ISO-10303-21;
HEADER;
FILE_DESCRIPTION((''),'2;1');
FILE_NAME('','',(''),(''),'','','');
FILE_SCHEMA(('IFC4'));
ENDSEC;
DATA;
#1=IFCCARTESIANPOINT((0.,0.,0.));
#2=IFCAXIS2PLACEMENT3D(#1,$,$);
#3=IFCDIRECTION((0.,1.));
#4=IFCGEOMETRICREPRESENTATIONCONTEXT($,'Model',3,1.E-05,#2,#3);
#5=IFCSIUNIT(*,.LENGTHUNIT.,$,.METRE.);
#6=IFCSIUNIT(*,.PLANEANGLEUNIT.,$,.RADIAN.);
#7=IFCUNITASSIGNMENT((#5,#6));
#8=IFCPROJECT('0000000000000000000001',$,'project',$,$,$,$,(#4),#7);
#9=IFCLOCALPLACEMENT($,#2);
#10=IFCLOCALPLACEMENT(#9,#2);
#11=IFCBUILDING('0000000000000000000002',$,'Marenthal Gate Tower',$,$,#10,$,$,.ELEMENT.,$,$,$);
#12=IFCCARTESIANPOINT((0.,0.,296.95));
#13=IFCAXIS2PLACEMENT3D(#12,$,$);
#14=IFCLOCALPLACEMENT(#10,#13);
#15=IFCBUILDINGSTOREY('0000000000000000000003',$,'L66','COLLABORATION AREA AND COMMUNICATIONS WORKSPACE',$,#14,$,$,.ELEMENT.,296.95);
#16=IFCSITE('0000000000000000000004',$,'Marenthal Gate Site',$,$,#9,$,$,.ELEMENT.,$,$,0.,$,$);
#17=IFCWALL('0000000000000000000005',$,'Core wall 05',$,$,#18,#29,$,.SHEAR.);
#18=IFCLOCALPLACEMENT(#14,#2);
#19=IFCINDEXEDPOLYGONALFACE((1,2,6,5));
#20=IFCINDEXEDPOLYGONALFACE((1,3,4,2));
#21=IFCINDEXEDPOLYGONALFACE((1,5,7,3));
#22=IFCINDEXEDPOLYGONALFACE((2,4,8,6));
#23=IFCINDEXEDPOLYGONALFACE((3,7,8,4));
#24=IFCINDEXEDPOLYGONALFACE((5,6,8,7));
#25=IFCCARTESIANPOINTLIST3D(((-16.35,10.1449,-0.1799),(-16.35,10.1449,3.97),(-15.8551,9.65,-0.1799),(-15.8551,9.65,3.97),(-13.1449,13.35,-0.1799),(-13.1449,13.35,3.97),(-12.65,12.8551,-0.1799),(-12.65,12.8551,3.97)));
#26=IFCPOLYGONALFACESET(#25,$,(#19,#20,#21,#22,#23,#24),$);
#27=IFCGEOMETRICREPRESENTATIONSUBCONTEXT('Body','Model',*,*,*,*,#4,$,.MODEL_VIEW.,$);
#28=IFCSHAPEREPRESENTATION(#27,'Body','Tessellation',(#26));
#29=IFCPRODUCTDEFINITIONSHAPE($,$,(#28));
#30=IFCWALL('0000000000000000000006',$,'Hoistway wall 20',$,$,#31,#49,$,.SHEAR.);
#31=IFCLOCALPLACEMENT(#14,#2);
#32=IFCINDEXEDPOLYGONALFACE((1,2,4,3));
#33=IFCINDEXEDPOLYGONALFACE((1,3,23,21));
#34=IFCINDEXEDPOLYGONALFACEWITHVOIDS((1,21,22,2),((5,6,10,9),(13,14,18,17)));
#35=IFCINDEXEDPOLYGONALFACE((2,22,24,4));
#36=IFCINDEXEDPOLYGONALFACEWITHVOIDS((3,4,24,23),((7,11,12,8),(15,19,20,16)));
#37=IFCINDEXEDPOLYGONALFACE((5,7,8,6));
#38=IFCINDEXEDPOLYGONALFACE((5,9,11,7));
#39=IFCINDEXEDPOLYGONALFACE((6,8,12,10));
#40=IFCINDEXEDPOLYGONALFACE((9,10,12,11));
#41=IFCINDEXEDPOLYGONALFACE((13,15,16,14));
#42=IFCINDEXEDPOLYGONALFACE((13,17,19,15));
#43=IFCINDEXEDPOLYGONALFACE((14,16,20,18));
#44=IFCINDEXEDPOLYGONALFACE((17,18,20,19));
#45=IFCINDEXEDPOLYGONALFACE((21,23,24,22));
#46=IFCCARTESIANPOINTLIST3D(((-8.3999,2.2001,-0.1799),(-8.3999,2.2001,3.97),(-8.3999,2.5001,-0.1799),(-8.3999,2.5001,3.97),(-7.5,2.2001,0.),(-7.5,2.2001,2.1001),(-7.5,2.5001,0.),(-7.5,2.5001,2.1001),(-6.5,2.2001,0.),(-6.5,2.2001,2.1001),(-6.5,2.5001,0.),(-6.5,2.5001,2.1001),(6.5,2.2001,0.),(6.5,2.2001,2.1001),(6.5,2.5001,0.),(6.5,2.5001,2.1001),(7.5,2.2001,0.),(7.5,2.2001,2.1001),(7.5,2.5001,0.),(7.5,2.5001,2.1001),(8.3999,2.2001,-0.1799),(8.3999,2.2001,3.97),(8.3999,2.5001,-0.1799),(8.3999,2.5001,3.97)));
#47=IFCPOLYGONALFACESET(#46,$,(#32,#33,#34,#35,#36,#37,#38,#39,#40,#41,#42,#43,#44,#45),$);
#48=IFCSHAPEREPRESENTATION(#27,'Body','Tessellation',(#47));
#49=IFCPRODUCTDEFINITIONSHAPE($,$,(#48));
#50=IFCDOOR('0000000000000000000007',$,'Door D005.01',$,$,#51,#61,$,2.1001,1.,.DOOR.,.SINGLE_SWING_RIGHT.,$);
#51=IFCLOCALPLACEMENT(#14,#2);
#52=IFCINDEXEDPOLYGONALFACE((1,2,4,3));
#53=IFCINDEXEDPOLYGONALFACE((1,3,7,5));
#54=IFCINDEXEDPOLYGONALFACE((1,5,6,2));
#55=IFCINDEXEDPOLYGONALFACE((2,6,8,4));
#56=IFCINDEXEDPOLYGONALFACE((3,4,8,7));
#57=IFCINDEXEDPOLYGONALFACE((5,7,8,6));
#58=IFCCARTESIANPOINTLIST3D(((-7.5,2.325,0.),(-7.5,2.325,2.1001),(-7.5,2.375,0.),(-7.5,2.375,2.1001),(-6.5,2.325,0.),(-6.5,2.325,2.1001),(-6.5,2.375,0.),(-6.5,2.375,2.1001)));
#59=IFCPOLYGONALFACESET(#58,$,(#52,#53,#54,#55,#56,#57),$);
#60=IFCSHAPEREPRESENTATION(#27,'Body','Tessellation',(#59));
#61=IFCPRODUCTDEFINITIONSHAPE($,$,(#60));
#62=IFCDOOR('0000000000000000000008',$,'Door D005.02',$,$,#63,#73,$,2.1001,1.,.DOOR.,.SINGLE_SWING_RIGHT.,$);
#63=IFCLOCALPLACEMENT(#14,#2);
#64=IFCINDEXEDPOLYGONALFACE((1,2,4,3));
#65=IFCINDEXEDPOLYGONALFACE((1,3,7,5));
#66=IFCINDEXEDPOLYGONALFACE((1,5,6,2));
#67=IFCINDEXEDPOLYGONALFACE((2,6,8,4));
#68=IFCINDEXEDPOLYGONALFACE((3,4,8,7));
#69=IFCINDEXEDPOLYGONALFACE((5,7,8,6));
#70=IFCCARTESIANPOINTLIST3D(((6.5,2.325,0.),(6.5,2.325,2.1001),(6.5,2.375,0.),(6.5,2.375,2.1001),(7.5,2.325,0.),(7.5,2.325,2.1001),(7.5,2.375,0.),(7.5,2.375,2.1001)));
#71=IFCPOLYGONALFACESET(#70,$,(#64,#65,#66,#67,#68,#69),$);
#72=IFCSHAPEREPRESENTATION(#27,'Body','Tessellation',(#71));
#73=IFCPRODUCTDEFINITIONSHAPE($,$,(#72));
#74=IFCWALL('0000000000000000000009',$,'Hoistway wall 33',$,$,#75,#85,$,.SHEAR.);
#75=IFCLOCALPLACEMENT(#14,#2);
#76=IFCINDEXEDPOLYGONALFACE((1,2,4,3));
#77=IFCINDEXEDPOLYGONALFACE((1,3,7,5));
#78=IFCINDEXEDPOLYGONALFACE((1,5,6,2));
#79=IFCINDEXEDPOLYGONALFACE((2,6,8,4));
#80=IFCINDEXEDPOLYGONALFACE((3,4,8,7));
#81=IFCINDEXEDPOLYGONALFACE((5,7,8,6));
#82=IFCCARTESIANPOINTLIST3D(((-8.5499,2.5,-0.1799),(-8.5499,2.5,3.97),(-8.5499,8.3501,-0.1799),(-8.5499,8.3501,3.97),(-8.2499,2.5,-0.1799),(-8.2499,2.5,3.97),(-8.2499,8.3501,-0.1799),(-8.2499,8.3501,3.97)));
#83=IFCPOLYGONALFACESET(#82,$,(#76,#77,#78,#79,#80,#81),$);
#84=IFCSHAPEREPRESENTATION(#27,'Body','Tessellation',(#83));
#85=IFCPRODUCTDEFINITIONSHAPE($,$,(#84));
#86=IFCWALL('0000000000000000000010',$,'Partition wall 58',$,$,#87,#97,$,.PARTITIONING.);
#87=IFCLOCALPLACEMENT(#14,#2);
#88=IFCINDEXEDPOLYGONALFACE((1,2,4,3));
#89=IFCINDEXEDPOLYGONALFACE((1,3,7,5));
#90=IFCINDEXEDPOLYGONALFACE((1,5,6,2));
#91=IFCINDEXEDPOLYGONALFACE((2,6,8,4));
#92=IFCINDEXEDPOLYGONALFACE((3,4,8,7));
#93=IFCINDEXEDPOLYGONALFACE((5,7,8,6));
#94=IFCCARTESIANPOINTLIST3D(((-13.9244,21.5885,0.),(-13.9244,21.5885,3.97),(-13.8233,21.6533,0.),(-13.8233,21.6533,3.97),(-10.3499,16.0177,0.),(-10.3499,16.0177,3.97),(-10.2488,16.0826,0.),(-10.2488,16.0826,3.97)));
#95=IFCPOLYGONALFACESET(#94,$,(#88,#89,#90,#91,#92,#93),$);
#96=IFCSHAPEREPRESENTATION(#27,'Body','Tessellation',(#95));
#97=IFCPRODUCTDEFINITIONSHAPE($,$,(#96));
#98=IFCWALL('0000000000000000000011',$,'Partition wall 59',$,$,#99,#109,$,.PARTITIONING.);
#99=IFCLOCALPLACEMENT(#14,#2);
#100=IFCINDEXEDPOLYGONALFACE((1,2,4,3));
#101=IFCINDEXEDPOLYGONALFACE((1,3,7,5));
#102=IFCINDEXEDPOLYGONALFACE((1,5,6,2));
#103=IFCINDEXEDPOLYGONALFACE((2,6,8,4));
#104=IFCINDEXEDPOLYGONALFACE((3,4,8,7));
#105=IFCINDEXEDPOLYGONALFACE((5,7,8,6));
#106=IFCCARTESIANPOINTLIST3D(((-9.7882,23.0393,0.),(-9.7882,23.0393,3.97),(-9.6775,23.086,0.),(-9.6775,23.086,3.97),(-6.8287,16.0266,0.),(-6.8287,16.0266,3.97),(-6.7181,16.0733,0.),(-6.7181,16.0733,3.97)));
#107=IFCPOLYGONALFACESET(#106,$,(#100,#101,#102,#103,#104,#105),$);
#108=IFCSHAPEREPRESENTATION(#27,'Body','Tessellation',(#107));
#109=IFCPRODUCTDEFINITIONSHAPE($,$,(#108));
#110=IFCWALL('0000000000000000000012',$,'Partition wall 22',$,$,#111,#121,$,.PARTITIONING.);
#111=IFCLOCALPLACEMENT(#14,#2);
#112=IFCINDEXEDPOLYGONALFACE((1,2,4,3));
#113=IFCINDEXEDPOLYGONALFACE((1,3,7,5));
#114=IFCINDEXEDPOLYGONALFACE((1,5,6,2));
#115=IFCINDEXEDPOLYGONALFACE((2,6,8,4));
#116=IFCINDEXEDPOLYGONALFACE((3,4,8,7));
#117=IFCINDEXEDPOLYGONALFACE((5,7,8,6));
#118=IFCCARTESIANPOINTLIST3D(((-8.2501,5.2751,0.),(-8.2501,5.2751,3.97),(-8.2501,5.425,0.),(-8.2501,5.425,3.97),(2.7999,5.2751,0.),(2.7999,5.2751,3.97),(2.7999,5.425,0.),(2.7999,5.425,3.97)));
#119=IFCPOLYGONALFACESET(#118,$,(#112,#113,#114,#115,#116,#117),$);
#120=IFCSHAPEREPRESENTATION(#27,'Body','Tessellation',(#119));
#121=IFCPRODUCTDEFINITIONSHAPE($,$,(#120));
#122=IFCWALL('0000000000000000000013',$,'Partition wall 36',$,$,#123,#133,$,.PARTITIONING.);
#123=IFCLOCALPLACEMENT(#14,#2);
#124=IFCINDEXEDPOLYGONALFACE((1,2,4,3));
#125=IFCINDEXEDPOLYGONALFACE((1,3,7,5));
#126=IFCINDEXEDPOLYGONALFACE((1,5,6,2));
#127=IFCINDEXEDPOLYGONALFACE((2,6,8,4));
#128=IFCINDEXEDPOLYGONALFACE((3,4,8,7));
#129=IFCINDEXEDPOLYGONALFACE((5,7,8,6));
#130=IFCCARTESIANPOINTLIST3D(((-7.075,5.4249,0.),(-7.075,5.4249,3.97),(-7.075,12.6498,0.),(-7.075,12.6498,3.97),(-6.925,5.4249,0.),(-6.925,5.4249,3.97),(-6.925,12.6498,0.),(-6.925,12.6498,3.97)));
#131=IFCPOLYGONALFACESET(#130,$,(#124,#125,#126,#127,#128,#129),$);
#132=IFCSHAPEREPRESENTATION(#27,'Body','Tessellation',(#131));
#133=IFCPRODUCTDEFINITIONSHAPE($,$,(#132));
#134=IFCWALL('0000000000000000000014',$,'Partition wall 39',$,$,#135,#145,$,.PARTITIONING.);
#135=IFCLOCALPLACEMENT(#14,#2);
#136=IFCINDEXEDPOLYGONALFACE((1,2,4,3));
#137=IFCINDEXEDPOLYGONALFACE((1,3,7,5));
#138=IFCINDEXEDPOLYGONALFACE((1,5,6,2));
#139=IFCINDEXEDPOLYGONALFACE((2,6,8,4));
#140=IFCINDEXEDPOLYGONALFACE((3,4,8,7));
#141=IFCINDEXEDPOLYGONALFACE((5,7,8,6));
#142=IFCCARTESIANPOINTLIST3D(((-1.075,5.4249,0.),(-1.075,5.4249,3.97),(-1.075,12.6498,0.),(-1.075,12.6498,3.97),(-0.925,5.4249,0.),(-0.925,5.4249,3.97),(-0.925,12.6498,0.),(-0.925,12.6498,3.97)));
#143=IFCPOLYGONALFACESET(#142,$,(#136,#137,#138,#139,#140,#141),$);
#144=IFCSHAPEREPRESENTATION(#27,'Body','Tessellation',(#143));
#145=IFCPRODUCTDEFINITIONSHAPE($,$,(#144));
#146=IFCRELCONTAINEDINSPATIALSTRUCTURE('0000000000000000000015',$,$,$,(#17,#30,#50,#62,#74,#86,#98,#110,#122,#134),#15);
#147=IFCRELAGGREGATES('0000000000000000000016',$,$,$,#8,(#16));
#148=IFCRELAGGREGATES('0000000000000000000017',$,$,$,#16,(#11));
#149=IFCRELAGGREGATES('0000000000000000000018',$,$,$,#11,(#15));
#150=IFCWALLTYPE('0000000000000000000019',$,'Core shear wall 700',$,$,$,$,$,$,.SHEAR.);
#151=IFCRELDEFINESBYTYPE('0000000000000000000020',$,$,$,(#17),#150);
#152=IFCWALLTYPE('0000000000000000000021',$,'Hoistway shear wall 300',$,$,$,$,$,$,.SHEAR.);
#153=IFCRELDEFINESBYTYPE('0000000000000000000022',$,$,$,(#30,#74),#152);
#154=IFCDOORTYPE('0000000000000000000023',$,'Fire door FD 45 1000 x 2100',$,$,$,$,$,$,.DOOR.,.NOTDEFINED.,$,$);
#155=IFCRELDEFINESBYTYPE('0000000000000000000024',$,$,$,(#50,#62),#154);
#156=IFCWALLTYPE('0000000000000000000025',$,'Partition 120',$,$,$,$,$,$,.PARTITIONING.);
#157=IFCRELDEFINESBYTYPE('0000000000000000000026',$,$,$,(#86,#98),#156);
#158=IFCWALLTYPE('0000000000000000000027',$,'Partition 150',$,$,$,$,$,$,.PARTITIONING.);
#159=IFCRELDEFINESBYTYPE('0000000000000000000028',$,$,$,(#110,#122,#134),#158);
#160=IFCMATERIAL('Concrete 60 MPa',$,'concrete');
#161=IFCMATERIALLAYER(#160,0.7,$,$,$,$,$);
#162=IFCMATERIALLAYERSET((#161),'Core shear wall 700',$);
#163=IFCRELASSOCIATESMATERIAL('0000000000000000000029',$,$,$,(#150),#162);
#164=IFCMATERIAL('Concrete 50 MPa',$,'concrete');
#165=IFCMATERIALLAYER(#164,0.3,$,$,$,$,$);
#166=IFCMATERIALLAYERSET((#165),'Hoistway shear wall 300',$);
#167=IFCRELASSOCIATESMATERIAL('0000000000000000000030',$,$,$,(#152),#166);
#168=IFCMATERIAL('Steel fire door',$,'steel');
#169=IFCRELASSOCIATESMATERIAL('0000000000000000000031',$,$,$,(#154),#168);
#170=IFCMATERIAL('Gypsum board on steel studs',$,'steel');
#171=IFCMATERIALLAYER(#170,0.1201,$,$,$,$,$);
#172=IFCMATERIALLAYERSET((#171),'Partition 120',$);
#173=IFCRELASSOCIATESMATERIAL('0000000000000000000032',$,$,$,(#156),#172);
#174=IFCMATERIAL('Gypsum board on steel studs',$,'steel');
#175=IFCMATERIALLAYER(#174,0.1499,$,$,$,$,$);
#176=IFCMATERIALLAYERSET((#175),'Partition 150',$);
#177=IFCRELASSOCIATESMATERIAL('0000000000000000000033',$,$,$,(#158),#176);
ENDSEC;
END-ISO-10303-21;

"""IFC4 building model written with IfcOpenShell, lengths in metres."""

from ifc_helpers import new_model, si_unit, direction, frame, frame_2d, origin, place, context, subcontext, project, spatial, rectangle, extrude, material, layer, layer_set, type_object, element, fill, save


model = new_model("IFC4")

# Units and contexts
model_context = context("Model", 3, precision=1e-05, world=origin(), true_north=direction((0.0, 1.0)))
body_context = subcontext(model_context, "Body", "Model", "MODEL_VIEW")
ifc_project = project(units=[si_unit("LENGTHUNIT", "METRE"), si_unit("PLANEANGLEUNIT", "RADIAN")], contexts=[model_context])

# Site, building, storey
site_placement = place(None, origin())
site = spatial("IfcSite", under=ifc_project, at=site_placement, Name="Marenthal Gate Site", CompositionType="ELEMENT", RefElevation=0.0)
building_placement = place(site_placement, origin())
building = spatial("IfcBuilding", under=site, at=building_placement, Name="Marenthal Gate Tower", CompositionType="ELEMENT")
storey_placement = place(building_placement, frame((0.0, 0.0, 296.95)))
storey = spatial("IfcBuildingStorey", under=building, at=storey_placement, Name="L66", Description="COLLABORATION AREA AND COMMUNICATIONS WORKSPACE", CompositionType="ELEMENT", Elevation=296.95)

# Wall
ifc_material_1 = material(Name="Concrete 60 MPa", Category="concrete")
ifc_layer_1 = layer(ifc_material_1, 0.7)
ifc_layer_set_1 = layer_set([ifc_layer_1], Name="Core shear wall 700")
wall_type_1 = type_object("IfcWallType", Name="Core shear wall 700", PredefinedType="SHEAR", material=ifc_layer_set_1)
wall_1_placement = place(storey_placement, frame((-12.8975, 13.1025, -0.1799), z_axis=(0.0, 0.0, 1.0), x_axis=(-0.707107, -0.707107, 0.0)))
element("IfcWall", 1, at=wall_1_placement, inside=storey, type_object=wall_type_1, Name="Core wall 05", PredefinedType="SHEAR", context=body_context, shape_type="SweptSolid", body=[
    extrude(rectangle(XDim=4.5327, YDim=0.7, at=frame_2d((2.2664, 0.0))), origin(), (0.0, 0.0, 1.0), 4.1499),
])

# Wall, openings, doors
ifc_material_2 = material(Name="Concrete 50 MPa", Category="concrete")
ifc_layer_2 = layer(ifc_material_2, 0.3)
ifc_layer_set_2 = layer_set([ifc_layer_2], Name="Hoistway shear wall 300")
wall_type_2 = type_object("IfcWallType", Name="Hoistway shear wall 300", PredefinedType="SHEAR", material=ifc_layer_set_2)
wall_2_placement = place(storey_placement, frame((-8.3999, 2.3501, -0.1799), z_axis=(0.0, 0.0, 1.0), x_axis=(1.0, 0.0, 0.0)))
wall_2 = element("IfcWall", 2, at=wall_2_placement, inside=storey, type_object=wall_type_2, Name="Hoistway wall 20", PredefinedType="SHEAR", context=body_context, shape_type="SweptSolid", body=[
    extrude(rectangle(XDim=16.7998, YDim=0.3, at=frame_2d((8.3999, 0.0))), origin(), (0.0, 0.0, 1.0), 4.1499),
])
opening_1_placement = place(wall_2_placement, frame((0.8999, 0.0, 0.1799)))
opening_1 = element("IfcOpeningElement", 3, at=opening_1_placement, cuts=wall_2, PredefinedType="OPENING", context=body_context, shape_type="SweptSolid", body=[
    extrude(rectangle(XDim=1.0, YDim=2.1001, at=frame_2d((0.5, 1.05))), frame((0.0, 0.1602, 0.0), z_axis=(0.0, -1.0, 0.0), x_axis=(1.0, 0.0, 0.0)), (0.0, 0.0, 1.0), 0.3201),
])
opening_2_placement = place(wall_2_placement, frame((14.8999, 0.0, 0.1799)))
opening_2 = element("IfcOpeningElement", 4, at=opening_2_placement, cuts=wall_2, PredefinedType="OPENING", context=body_context, shape_type="SweptSolid", body=[
    extrude(rectangle(XDim=1.0, YDim=2.1001, at=frame_2d((0.5, 1.05))), frame((0.0, 0.1602, 0.0), z_axis=(0.0, -1.0, 0.0), x_axis=(1.0, 0.0, 0.0)), (0.0, 0.0, 1.0), 0.3201),
])
ifc_material_3 = material(Name="Steel fire door", Category="steel")
door_type_1 = type_object("IfcDoorType", Name="Fire door FD 45 1000 x 2100", OperationType="NOTDEFINED", PredefinedType="DOOR", material=ifc_material_3)
door_1_placement = place(opening_1_placement, origin())
door_1 = element("IfcDoor", 5, at=door_1_placement, inside=storey, type_object=door_type_1, Name="Door D005.01", OperationType="SINGLE_SWING_RIGHT", OverallHeight=2.1001, OverallWidth=1.0, PredefinedType="DOOR", context=body_context, shape_type="SweptSolid", body=[
    extrude(rectangle(XDim=1.0, YDim=2.1001, at=frame_2d((0.5, 1.05))), frame((0.0, 0.0249, 0.0), z_axis=(0.0, -1.0, 0.0), x_axis=(1.0, 0.0, 0.0)), (0.0, 0.0, 1.0), 0.05),
])
fill(opening_1, door_1)
door_2_placement = place(opening_2_placement, origin())
door_2 = element("IfcDoor", 6, at=door_2_placement, inside=storey, type_object=door_type_1, Name="Door D005.02", OperationType="SINGLE_SWING_RIGHT", OverallHeight=2.1001, OverallWidth=1.0, PredefinedType="DOOR", context=body_context, shape_type="SweptSolid", body=[
    extrude(rectangle(XDim=1.0, YDim=2.1001, at=frame_2d((0.5, 1.05))), frame((0.0, 0.0249, 0.0), z_axis=(0.0, -1.0, 0.0), x_axis=(1.0, 0.0, 0.0)), (0.0, 0.0, 1.0), 0.05),
])
fill(opening_2, door_2)

# Walls
wall_3_placement = place(storey_placement, frame((-8.3999, 2.5, -0.1799), z_axis=(0.0, 0.0, 1.0), x_axis=(0.0, 1.0, 0.0)))
element("IfcWall", 7, at=wall_3_placement, inside=storey, type_object=wall_type_2, Name="Hoistway wall 33", PredefinedType="SHEAR", context=body_context, shape_type="SweptSolid", body=[
    extrude(rectangle(XDim=5.8501, YDim=0.3, at=frame_2d((2.925, 0.0))), origin(), (0.0, 0.0, 1.0), 4.1499),
])
ifc_material_4 = material(Name="Gypsum board on steel studs", Category="steel")
ifc_layer_3 = layer(ifc_material_4, 0.1201)
ifc_layer_set_3 = layer_set([ifc_layer_3], Name="Partition 120")
wall_type_3 = type_object("IfcWallType", Name="Partition 120", PredefinedType="PARTITIONING", material=ifc_layer_set_3)
wall_4_placement = place(storey_placement, frame((-10.2993, 16.05, 0.0), z_axis=(0.0, 0.0, 1.0), x_axis=(-0.540034, 0.841643, 0.0)))
element("IfcWall", 8, at=wall_4_placement, inside=storey, type_object=wall_type_3, Name="Partition wall 58", PredefinedType="PARTITIONING", context=body_context, shape_type="SweptSolid", body=[
    extrude(rectangle(XDim=6.6189, YDim=0.1201, at=frame_2d((3.3096, 0.0))), origin(), (0.0, 0.0, 1.0), 3.97),
])
wall_5_placement = place(storey_placement, frame((-6.7734, 16.05, 0.0), z_axis=(0.0, 0.0, 1.0), x_axis=(-0.388811, 0.921317, 0.0)))
element("IfcWall", 9, at=wall_5_placement, inside=storey, type_object=wall_type_3, Name="Partition wall 59", PredefinedType="PARTITIONING", context=body_context, shape_type="SweptSolid", body=[
    extrude(rectangle(XDim=7.6116, YDim=0.1201, at=frame_2d((3.8057, 0.0))), origin(), (0.0, 0.0, 1.0), 3.97),
])
ifc_material_5 = material(Name="Gypsum board on steel studs", Category="steel")
ifc_layer_4 = layer(ifc_material_5, 0.1499)
ifc_layer_set_4 = layer_set([ifc_layer_4], Name="Partition 150")
wall_type_4 = type_object("IfcWallType", Name="Partition 150", PredefinedType="PARTITIONING", material=ifc_layer_set_4)
wall_6_placement = place(storey_placement, frame((-8.25, 5.3501, 0.0), z_axis=(0.0, 0.0, 1.0), x_axis=(1.0, 0.0, 0.0)))
element("IfcWall", 10, at=wall_6_placement, inside=storey, type_object=wall_type_4, Name="Partition wall 22", PredefinedType="PARTITIONING", context=body_context, shape_type="SweptSolid", body=[
    extrude(rectangle(XDim=11.05, YDim=0.1499, at=frame_2d((5.5249, 0.0))), origin(), (0.0, 0.0, 1.0), 3.97),
])
for number, where, z_axis, x_axis, name in (
    (11, (-7.0, 5.425, 0.0), (0.0, 0.0, 1.0), (0.0, 1.0, 0.0), "Partition wall 36"),
    (12, (-1.0, 5.425, 0.0), (0.0, 0.0, 1.0), (0.0, 1.0, 0.0), "Partition wall 39"),
):
    element("IfcWall", number, at=place(storey_placement, frame(where, z_axis=z_axis, x_axis=x_axis)), inside=storey, type_object=wall_type_4, Name=name, PredefinedType="PARTITIONING", context=body_context, shape_type="SweptSolid", body=[
        extrude(rectangle(XDim=7.2249, YDim=0.1499, at=frame_2d((3.6123, 0.0))), origin(), (0.0, 0.0, 1.0), 3.97),
    ])

save(model, "model.ifc")
